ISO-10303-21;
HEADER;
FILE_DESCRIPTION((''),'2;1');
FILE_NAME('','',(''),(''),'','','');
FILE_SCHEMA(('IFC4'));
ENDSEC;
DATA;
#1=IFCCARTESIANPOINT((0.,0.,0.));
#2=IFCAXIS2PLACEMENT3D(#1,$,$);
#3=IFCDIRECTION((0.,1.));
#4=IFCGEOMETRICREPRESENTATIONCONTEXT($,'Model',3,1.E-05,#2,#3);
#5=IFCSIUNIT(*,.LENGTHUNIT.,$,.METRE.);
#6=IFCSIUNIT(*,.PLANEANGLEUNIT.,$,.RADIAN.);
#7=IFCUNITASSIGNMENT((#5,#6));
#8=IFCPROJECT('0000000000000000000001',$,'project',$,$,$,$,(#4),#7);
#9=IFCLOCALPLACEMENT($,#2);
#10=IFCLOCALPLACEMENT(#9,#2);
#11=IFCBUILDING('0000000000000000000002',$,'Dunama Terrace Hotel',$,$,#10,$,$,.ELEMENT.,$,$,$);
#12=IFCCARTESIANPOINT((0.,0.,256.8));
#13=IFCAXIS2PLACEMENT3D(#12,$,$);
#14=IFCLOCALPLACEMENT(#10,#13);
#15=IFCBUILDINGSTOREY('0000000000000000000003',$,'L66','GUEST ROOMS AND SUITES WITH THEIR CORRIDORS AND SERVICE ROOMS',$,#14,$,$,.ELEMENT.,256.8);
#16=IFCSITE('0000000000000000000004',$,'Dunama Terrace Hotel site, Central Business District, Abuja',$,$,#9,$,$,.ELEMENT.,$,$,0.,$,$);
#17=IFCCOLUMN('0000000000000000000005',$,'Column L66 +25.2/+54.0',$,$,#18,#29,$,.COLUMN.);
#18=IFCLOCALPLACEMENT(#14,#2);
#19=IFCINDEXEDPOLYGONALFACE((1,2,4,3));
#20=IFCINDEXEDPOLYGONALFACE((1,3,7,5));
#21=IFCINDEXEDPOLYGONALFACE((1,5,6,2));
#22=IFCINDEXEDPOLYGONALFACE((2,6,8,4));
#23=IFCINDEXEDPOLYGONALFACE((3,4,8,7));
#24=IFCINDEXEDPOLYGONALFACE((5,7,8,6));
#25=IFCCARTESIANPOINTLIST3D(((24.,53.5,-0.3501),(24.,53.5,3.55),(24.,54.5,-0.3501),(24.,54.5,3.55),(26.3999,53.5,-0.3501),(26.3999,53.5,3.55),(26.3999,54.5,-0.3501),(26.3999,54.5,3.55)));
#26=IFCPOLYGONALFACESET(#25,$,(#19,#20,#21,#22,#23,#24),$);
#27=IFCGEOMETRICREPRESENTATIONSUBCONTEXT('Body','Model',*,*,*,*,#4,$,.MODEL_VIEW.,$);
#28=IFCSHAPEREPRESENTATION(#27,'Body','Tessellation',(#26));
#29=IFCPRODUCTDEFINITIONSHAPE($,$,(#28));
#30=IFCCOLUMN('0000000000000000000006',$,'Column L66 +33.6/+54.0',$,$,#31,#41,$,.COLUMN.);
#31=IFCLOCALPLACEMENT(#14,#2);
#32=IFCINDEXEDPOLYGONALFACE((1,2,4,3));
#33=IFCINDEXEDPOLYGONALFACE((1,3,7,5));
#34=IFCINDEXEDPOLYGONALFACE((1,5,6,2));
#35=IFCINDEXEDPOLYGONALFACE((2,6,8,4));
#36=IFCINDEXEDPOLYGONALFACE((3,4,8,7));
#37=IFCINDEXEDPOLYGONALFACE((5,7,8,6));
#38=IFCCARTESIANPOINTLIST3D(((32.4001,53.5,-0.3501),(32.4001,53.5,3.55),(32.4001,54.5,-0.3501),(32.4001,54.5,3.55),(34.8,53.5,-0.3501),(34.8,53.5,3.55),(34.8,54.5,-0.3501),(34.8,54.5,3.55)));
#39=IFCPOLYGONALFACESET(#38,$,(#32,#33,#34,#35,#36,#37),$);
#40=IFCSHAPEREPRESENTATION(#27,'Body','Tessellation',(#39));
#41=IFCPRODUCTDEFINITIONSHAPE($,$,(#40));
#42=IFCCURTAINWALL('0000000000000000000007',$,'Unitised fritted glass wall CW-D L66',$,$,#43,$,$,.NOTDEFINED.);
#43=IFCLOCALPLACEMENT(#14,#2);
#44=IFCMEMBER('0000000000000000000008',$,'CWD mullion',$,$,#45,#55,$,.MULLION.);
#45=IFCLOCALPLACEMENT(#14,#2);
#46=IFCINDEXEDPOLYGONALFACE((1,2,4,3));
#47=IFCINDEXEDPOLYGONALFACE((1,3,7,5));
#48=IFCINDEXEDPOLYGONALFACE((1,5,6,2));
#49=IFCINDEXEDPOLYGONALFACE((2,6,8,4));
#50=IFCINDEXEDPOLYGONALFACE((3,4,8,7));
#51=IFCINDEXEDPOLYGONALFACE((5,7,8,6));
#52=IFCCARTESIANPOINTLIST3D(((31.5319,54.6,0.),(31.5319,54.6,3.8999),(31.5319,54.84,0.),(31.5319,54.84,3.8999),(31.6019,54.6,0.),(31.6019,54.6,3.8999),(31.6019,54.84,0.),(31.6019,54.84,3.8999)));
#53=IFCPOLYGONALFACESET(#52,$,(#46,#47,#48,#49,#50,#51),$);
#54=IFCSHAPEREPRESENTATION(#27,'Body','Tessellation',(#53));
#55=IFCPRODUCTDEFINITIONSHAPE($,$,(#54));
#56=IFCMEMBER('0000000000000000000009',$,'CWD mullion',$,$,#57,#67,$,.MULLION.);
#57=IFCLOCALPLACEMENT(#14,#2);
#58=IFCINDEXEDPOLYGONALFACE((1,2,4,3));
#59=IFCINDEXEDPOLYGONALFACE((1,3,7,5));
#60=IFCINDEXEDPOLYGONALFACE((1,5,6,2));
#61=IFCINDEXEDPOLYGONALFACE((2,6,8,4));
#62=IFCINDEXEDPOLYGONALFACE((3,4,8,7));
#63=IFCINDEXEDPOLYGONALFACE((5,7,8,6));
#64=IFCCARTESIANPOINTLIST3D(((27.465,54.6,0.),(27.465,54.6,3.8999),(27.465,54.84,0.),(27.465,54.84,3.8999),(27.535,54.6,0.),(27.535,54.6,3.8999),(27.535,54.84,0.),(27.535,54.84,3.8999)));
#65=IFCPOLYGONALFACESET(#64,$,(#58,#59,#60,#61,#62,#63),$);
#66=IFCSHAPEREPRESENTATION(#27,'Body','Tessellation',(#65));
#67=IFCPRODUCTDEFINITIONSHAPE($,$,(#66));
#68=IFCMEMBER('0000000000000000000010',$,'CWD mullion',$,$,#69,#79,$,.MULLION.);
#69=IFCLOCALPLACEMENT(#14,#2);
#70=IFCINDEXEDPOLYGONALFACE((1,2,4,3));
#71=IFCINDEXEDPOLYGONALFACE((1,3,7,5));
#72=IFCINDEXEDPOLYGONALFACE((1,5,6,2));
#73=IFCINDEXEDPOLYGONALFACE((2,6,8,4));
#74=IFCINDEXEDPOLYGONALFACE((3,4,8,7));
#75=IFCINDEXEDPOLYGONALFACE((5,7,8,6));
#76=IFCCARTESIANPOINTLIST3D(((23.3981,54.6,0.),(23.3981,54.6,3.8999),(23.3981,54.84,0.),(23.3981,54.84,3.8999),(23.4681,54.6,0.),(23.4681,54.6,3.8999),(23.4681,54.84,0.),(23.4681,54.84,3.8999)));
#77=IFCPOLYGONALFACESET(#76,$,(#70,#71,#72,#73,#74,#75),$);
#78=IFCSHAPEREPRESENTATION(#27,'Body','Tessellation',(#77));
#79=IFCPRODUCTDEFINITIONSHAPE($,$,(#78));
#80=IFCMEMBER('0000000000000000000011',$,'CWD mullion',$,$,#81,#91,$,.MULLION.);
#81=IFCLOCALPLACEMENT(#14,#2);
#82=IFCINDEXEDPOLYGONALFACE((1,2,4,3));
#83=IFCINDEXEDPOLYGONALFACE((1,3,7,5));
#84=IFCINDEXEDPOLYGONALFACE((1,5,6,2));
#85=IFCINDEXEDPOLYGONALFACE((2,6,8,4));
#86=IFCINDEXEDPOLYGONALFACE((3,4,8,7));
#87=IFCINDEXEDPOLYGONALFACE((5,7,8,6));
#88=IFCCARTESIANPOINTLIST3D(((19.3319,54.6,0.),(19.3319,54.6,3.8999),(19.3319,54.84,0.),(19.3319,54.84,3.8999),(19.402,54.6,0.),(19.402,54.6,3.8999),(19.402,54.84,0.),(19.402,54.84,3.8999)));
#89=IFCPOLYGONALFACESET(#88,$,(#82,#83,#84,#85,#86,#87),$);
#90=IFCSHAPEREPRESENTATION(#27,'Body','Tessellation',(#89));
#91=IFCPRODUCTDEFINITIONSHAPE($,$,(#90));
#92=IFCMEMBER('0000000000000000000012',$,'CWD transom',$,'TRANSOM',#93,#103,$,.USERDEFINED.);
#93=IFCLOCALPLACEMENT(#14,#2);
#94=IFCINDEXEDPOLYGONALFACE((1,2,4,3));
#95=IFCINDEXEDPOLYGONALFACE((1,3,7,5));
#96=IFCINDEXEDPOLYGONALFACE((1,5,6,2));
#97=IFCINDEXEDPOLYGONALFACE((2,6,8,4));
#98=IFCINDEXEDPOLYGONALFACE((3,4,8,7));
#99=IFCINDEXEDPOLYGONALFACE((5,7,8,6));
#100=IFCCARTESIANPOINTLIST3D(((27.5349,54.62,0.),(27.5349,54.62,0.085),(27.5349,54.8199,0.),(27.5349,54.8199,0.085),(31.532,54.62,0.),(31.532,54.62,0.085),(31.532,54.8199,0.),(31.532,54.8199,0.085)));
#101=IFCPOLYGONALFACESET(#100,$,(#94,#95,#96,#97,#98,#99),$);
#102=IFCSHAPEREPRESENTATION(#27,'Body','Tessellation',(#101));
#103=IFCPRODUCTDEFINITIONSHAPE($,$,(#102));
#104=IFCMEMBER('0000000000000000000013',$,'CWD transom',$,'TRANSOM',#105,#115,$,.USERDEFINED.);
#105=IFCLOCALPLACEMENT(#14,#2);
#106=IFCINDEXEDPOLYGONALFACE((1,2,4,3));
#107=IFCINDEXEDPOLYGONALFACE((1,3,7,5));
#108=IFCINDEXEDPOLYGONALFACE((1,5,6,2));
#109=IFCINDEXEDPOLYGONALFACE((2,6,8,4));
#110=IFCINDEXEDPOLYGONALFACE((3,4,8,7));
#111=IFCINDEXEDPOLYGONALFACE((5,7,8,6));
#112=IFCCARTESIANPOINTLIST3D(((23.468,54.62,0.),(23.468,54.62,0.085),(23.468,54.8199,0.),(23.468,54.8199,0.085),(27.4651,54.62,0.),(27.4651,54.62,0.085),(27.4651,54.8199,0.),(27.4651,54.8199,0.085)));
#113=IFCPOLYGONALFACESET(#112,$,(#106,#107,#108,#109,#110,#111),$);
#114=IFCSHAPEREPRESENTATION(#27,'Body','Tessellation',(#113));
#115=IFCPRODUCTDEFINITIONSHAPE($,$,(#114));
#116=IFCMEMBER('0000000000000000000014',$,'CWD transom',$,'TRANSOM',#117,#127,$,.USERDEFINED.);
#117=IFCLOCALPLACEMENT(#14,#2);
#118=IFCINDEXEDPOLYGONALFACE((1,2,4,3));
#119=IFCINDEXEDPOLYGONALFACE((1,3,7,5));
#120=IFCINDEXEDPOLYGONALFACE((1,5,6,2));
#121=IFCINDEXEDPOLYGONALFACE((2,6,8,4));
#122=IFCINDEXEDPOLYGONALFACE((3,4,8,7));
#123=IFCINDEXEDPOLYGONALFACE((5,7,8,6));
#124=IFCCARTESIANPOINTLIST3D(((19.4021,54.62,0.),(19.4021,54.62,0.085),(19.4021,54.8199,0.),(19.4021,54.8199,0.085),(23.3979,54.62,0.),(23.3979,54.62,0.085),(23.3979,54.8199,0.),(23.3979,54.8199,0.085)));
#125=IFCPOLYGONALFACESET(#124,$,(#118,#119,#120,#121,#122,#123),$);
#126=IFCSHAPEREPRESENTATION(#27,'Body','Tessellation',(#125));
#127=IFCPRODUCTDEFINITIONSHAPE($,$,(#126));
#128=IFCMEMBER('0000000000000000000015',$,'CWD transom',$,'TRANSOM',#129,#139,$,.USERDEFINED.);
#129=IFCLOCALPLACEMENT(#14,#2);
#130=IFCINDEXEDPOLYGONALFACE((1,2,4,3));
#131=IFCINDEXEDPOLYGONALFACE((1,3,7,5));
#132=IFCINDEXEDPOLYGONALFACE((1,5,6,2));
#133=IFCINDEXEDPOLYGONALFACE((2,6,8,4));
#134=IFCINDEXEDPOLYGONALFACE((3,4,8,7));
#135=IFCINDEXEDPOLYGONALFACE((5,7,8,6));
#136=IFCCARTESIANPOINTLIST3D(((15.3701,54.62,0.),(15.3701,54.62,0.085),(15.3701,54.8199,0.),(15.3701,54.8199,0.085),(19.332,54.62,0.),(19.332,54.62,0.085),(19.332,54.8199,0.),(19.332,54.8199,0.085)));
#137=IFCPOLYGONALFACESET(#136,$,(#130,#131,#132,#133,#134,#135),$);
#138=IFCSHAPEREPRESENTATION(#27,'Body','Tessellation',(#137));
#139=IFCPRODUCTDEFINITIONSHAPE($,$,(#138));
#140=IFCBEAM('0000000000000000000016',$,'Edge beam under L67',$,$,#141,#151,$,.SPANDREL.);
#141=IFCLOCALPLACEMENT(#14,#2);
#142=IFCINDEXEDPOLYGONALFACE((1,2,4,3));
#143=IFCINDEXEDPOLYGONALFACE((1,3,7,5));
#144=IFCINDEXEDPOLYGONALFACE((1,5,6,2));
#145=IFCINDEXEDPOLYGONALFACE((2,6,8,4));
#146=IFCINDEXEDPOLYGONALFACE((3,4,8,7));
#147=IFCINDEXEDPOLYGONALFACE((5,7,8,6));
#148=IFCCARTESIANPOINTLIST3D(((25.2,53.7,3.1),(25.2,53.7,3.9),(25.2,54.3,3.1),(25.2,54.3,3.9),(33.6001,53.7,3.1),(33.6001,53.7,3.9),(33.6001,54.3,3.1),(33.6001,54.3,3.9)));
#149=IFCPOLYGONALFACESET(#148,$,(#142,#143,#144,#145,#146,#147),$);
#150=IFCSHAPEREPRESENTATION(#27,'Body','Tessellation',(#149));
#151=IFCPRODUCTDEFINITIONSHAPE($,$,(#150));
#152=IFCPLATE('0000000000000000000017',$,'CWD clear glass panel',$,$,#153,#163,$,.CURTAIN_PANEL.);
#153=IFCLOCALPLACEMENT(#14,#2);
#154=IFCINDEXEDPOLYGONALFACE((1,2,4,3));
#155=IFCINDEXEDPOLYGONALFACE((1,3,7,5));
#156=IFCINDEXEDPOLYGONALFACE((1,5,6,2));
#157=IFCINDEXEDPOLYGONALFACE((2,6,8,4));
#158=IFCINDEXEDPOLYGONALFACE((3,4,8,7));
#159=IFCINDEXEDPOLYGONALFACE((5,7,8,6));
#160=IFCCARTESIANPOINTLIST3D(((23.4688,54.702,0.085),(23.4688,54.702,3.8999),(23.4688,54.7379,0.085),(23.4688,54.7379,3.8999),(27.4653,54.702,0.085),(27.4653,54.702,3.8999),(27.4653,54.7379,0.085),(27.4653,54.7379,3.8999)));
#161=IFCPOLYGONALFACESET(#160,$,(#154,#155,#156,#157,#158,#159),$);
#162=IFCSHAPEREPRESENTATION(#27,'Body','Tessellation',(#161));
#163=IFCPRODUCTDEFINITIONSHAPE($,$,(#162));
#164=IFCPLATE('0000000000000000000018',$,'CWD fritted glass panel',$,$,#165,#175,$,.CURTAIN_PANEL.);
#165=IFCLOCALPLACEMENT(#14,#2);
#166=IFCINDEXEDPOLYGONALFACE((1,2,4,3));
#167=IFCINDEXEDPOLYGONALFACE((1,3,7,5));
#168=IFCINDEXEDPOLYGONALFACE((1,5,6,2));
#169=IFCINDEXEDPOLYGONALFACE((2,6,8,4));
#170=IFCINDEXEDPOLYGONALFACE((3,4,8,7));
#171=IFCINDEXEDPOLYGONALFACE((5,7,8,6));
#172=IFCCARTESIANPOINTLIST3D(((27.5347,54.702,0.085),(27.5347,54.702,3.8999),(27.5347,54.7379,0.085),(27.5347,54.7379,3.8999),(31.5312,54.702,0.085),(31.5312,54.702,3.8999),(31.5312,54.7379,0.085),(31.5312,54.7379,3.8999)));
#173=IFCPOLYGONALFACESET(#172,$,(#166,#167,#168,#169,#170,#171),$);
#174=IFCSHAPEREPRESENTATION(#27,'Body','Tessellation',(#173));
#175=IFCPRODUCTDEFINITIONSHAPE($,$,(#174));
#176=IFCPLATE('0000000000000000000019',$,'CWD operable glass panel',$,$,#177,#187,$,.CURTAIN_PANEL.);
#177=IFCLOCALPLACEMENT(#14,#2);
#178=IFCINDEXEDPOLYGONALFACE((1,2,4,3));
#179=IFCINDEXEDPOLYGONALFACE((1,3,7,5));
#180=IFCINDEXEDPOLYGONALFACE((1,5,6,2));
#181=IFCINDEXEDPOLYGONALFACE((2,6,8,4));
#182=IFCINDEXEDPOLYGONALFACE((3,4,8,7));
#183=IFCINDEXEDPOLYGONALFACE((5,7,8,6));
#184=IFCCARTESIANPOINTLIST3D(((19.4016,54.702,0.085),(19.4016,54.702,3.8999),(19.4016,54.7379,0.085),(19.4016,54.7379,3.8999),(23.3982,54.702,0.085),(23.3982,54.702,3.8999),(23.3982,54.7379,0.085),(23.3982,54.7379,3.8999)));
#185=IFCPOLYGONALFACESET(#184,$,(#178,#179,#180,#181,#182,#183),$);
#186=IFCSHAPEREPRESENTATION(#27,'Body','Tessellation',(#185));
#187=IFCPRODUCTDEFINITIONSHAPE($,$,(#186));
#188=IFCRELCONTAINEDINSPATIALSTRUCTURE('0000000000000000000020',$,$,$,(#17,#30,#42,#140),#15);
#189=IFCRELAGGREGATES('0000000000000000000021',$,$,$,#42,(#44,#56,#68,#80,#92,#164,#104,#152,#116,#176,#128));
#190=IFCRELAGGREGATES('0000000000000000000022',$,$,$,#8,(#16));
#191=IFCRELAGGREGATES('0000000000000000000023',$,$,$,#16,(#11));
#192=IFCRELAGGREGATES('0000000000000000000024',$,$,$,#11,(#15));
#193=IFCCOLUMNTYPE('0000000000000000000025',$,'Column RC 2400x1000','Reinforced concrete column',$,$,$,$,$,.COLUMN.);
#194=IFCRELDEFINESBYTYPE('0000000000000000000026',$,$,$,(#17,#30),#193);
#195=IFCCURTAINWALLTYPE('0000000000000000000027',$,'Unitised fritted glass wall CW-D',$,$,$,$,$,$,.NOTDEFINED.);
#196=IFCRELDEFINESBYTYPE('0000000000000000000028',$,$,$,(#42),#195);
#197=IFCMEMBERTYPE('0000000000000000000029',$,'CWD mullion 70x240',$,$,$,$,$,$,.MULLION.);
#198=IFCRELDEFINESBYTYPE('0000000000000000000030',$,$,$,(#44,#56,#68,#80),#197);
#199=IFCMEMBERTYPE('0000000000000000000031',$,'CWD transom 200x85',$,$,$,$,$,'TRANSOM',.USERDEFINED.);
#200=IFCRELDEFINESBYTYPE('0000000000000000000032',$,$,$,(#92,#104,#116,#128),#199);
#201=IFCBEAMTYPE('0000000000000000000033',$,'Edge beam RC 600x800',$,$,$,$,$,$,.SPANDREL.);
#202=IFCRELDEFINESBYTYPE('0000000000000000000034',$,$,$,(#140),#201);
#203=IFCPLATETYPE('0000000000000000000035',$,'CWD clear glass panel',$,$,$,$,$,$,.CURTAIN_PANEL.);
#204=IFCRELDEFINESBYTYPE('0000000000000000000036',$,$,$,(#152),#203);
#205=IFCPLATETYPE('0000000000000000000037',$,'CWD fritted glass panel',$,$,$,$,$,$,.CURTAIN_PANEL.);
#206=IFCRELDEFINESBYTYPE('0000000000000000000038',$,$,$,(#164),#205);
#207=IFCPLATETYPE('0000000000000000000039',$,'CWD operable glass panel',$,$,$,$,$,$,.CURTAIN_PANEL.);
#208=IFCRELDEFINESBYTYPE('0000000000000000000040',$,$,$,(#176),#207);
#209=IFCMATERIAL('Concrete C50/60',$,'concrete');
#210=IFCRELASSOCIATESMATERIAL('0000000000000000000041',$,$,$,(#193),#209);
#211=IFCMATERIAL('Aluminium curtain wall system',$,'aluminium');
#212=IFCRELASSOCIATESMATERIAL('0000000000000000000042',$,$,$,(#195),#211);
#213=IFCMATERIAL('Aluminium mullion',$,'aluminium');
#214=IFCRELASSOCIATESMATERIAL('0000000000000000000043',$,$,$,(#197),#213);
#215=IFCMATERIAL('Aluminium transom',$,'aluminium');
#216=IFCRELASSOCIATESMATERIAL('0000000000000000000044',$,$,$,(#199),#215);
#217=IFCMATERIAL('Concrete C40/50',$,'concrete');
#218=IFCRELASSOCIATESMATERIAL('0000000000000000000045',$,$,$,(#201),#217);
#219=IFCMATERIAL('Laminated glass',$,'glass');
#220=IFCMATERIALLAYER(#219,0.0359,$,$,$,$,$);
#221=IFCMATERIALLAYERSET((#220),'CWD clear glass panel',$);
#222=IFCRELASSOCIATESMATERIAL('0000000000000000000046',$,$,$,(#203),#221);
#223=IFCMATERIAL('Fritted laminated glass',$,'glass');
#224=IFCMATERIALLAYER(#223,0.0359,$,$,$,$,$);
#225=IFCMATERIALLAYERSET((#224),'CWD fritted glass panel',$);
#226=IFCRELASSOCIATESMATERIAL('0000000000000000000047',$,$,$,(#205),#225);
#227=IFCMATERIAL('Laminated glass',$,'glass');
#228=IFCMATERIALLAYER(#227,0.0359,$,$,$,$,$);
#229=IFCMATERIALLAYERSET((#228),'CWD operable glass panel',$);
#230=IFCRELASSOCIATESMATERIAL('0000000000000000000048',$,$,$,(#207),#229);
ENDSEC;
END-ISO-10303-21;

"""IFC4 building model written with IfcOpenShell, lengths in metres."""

from ifc_helpers import new_model, si_unit, direction, frame, origin, origin_2d, place, context, subcontext, project, spatial, rectangle, extrude, material, layer, layer_set, material_profile, profile_set, type_object, element, aggregate, save


model = new_model("IFC4")

# Units and contexts
model_context = context("Model", 3, precision=1e-05, world=origin(), true_north=direction((0.0, 1.0)))
body_context = subcontext(model_context, "Body", "Model", "MODEL_VIEW")
ifc_project = project(units=[si_unit("LENGTHUNIT", "METRE"), si_unit("PLANEANGLEUNIT", "RADIAN")], contexts=[model_context])

# Site, building, storey
site_placement = place(None, origin())
site = spatial("IfcSite", under=ifc_project, at=site_placement, Name="Dunama Terrace Hotel site, Central Business District, Abuja", CompositionType="ELEMENT", RefElevation=0.0)
building_placement = place(site_placement, origin())
building = spatial("IfcBuilding", under=site, at=building_placement, Name="Dunama Terrace Hotel", CompositionType="ELEMENT")
storey_placement = place(building_placement, frame((0.0, 0.0, 256.8)))
storey = spatial("IfcBuildingStorey", under=building, at=storey_placement, Name="L66", Description="GUEST ROOMS AND SUITES WITH THEIR CORRIDORS AND SERVICE ROOMS", CompositionType="ELEMENT", Elevation=256.8)

# Columns
ifc_material_1 = material(Name="Concrete C50/60", Category="concrete")
ifc_material_profile_1 = material_profile(ifc_material_1, rectangle(XDim=2.3999, YDim=1.0, at=origin_2d()), Name="RC 2400x1000")
ifc_profile_set_1 = profile_set([ifc_material_profile_1], Name="Concrete C50/60")
column_type = type_object("IfcColumnType", Name="Column RC 2400x1000", Description="Reinforced concrete column", PredefinedType="COLUMN", material=ifc_profile_set_1)
for number, where, z_axis, x_axis, name in (
    (1, (25.2, 54.0, -0.3501), (0.0, 0.0, 1.0), (1.0, 0.0, 0.0), "Column L66 +25.2/+54.0"),
    (2, (33.6001, 54.0, -0.3501), (0.0, 0.0, 1.0), (1.0, 0.0, 0.0), "Column L66 +33.6/+54.0"),
):
    element("IfcColumn", number, at=place(storey_placement, frame(where, z_axis=z_axis, x_axis=x_axis)), inside=storey, type_object=column_type, Name=name, PredefinedType="COLUMN", context=body_context, shape_type="SweptSolid", body=[
        extrude(rectangle(XDim=2.3999, YDim=1.0, at=origin_2d()), origin(), (0.0, 0.0, 1.0), 3.9001),
    ])

# Curtain wall, members
ifc_material_2 = material(Name="Aluminium curtain wall system", Category="aluminium")
curtain_wall_type = type_object("IfcCurtainWallType", Name="Unitised fritted glass wall CW-D", PredefinedType="NOTDEFINED", material=ifc_material_2)
curtain_wall_placement = place(storey_placement, origin())
curtain_wall = element("IfcCurtainWall", 3, at=curtain_wall_placement, inside=storey, type_object=curtain_wall_type, Name="Unitised fritted glass wall CW-D L66", PredefinedType="NOTDEFINED")
ifc_material_3 = material(Name="Aluminium mullion", Category="aluminium")
ifc_material_profile_2 = material_profile(ifc_material_3, rectangle(XDim=0.0701, YDim=0.24, at=origin_2d()), Name="CWD MULLION 70X240")
ifc_profile_set_2 = profile_set([ifc_material_profile_2], Name="Aluminium mullion")
member_type_1 = type_object("IfcMemberType", Name="CWD mullion 70x240", PredefinedType="MULLION", material=ifc_profile_set_2)
member_1_placement = place(storey_placement, frame((31.5669, 54.72, 0.0), z_axis=(0.0, 0.0, 1.0), x_axis=(-1.0, 0.0, 0.0)))
member_1 = element("IfcMember", 4, at=member_1_placement, type_object=member_type_1, Name="CWD mullion", PredefinedType="MULLION", context=body_context, shape_type="SweptSolid", body=[
    extrude(rectangle(XDim=0.0701, YDim=0.24, at=origin_2d()), origin(), (0.0, 0.0, 1.0), 3.8999),
])
member_2_placement = place(storey_placement, frame((27.5, 54.72, 0.0), z_axis=(0.0, 0.0, 1.0), x_axis=(-1.0, 0.0, 0.0)))
member_2 = element("IfcMember", 5, at=member_2_placement, type_object=member_type_1, Name="CWD mullion", PredefinedType="MULLION", context=body_context, shape_type="SweptSolid", body=[
    extrude(rectangle(XDim=0.0701, YDim=0.24, at=origin_2d()), origin(), (0.0, 0.0, 1.0), 3.8999),
])
member_3_placement = place(storey_placement, frame((23.4331, 54.72, 0.0), z_axis=(0.0, 0.0, 1.0), x_axis=(-1.0, 0.0, 0.0)))
member_3 = element("IfcMember", 6, at=member_3_placement, type_object=member_type_1, Name="CWD mullion", PredefinedType="MULLION", context=body_context, shape_type="SweptSolid", body=[
    extrude(rectangle(XDim=0.0701, YDim=0.24, at=origin_2d()), origin(), (0.0, 0.0, 1.0), 3.8999),
])
member_4_placement = place(storey_placement, frame((19.3669, 54.72, 0.0), z_axis=(0.0, 0.0, 1.0), x_axis=(-1.0, 0.0, 0.0)))
member_4 = element("IfcMember", 7, at=member_4_placement, type_object=member_type_1, Name="CWD mullion", PredefinedType="MULLION", context=body_context, shape_type="SweptSolid", body=[
    extrude(rectangle(XDim=0.0701, YDim=0.24, at=origin_2d()), origin(), (0.0, 0.0, 1.0), 3.8999),
])
ifc_material_4 = material(Name="Aluminium transom", Category="aluminium")
ifc_material_profile_3 = material_profile(ifc_material_4, rectangle(XDim=0.2, YDim=0.085, at=origin_2d()), Name="CWD TRANSOM 200X85")
ifc_profile_set_3 = profile_set([ifc_material_profile_3], Name="Aluminium transom")
member_type_2 = type_object("IfcMemberType", Name="CWD transom 200x85", ElementType="TRANSOM", PredefinedType="USERDEFINED", material=ifc_profile_set_3)
member_5_placement = place(storey_placement, frame((31.532, 54.72, 0.0425), z_axis=(-1.0, 0.0, 0.0), x_axis=(0.0, -1.0, 0.0)))
member_5 = element("IfcMember", 8, at=member_5_placement, type_object=member_type_2, Name="CWD transom", ObjectType="TRANSOM", PredefinedType="USERDEFINED", context=body_context, shape_type="SweptSolid", body=[
    extrude(rectangle(XDim=0.2, YDim=0.085, at=origin_2d()), origin(), (0.0, 0.0, 1.0), 3.9971),
])
member_6_placement = place(storey_placement, frame((27.4651, 54.72, 0.0425), z_axis=(-1.0, 0.0, 0.0), x_axis=(0.0, -1.0, 0.0)))
member_6 = element("IfcMember", 9, at=member_6_placement, type_object=member_type_2, Name="CWD transom", ObjectType="TRANSOM", PredefinedType="USERDEFINED", context=body_context, shape_type="SweptSolid", body=[
    extrude(rectangle(XDim=0.2, YDim=0.085, at=origin_2d()), origin(), (0.0, 0.0, 1.0), 3.9971),
])
member_7_placement = place(storey_placement, frame((23.3979, 54.72, 0.0425), z_axis=(-1.0, 0.0, 0.0), x_axis=(0.0, -1.0, 0.0)))
member_7 = element("IfcMember", 10, at=member_7_placement, type_object=member_type_2, Name="CWD transom", ObjectType="TRANSOM", PredefinedType="USERDEFINED", context=body_context, shape_type="SweptSolid", body=[
    extrude(rectangle(XDim=0.2, YDim=0.085, at=origin_2d()), origin(), (0.0, 0.0, 1.0), 3.9958),
])
member_8_placement = place(storey_placement, frame((19.332, 54.72, 0.0425), z_axis=(-1.0, 0.0, 0.0), x_axis=(0.0, -1.0, 0.0)))
member_8 = element("IfcMember", 11, at=member_8_placement, type_object=member_type_2, Name="CWD transom", ObjectType="TRANSOM", PredefinedType="USERDEFINED", context=body_context, shape_type="SweptSolid", body=[
    extrude(rectangle(XDim=0.2, YDim=0.085, at=origin_2d()), origin(), (0.0, 0.0, 1.0), 3.9619),
])

# Beam
ifc_material_5 = material(Name="Concrete C40/50", Category="concrete")
ifc_material_profile_4 = material_profile(ifc_material_5, rectangle(XDim=0.6001, YDim=0.8, at=origin_2d()), Name="RC 600x800")
ifc_profile_set_4 = profile_set([ifc_material_profile_4], Name="Concrete C40/50")
beam_type = type_object("IfcBeamType", Name="Edge beam RC 600x800", PredefinedType="SPANDREL", material=ifc_profile_set_4)
beam_placement = place(storey_placement, frame((25.2, 54.0, 3.5), z_axis=(1.0, 0.0, 0.0), x_axis=(0.0, 1.0, 0.0)))
element("IfcBeam", 12, at=beam_placement, inside=storey, type_object=beam_type, Name="Edge beam under L67", PredefinedType="SPANDREL", context=body_context, shape_type="SweptSolid", body=[
    extrude(rectangle(XDim=0.6001, YDim=0.8, at=origin_2d()), origin(), (0.0, 0.0, 1.0), 8.4001),
])

# Plates
ifc_material_6 = material(Name="Laminated glass", Category="glass")
ifc_layer_1 = layer(ifc_material_6, 0.0359)
ifc_layer_set_1 = layer_set([ifc_layer_1], Name="CWD clear glass panel")
plate_type_1 = type_object("IfcPlateType", Name="CWD clear glass panel", PredefinedType="CURTAIN_PANEL", material=ifc_layer_set_1)
plate_1_placement = place(storey_placement, frame((25.467, 54.72, 0.085), z_axis=(0.0, 0.0, 1.0), x_axis=(-1.0, 0.0, 0.0)))
plate_1 = element("IfcPlate", 13, at=plate_1_placement, type_object=plate_type_1, Name="CWD clear glass panel", PredefinedType="CURTAIN_PANEL", context=body_context, shape_type="SweptSolid", body=[
    extrude(rectangle(XDim=3.9966, YDim=0.0359, at=origin_2d()), origin(), (0.0, 0.0, 1.0), 3.8149),
])
ifc_material_7 = material(Name="Fritted laminated glass", Category="glass")
ifc_layer_2 = layer(ifc_material_7, 0.0359)
ifc_layer_set_2 = layer_set([ifc_layer_2], Name="CWD fritted glass panel")
plate_type_2 = type_object("IfcPlateType", Name="CWD fritted glass panel", PredefinedType="CURTAIN_PANEL", material=ifc_layer_set_2)
plate_2_placement = place(storey_placement, frame((29.533, 54.72, 0.085), z_axis=(0.0, 0.0, 1.0), x_axis=(-1.0, 0.0, 0.0)))
plate_2 = element("IfcPlate", 14, at=plate_2_placement, type_object=plate_type_2, Name="CWD fritted glass panel", PredefinedType="CURTAIN_PANEL", context=body_context, shape_type="SweptSolid", body=[
    extrude(rectangle(XDim=3.9966, YDim=0.0359, at=origin_2d()), origin(), (0.0, 0.0, 1.0), 3.8149),
])
ifc_material_8 = material(Name="Laminated glass", Category="glass")
ifc_layer_3 = layer(ifc_material_8, 0.0359)
ifc_layer_set_3 = layer_set([ifc_layer_3], Name="CWD operable glass panel")
plate_type_3 = type_object("IfcPlateType", Name="CWD operable glass panel", PredefinedType="CURTAIN_PANEL", material=ifc_layer_set_3)
plate_3_placement = place(storey_placement, frame((21.3999, 54.72, 0.085), z_axis=(0.0, 0.0, 1.0), x_axis=(-1.0, 0.0, 0.0)))
plate_3 = element("IfcPlate", 15, at=plate_3_placement, type_object=plate_type_3, Name="CWD operable glass panel", PredefinedType="CURTAIN_PANEL", context=body_context, shape_type="SweptSolid", body=[
    extrude(rectangle(XDim=3.9966, YDim=0.0359, at=origin_2d()), origin(), (0.0, 0.0, 1.0), 3.8149),
])
aggregate(curtain_wall, [member_1, member_2, member_3, member_4, member_5, plate_2, member_6, plate_1, member_7, plate_3, member_8])

save(model, "model.ifc")
